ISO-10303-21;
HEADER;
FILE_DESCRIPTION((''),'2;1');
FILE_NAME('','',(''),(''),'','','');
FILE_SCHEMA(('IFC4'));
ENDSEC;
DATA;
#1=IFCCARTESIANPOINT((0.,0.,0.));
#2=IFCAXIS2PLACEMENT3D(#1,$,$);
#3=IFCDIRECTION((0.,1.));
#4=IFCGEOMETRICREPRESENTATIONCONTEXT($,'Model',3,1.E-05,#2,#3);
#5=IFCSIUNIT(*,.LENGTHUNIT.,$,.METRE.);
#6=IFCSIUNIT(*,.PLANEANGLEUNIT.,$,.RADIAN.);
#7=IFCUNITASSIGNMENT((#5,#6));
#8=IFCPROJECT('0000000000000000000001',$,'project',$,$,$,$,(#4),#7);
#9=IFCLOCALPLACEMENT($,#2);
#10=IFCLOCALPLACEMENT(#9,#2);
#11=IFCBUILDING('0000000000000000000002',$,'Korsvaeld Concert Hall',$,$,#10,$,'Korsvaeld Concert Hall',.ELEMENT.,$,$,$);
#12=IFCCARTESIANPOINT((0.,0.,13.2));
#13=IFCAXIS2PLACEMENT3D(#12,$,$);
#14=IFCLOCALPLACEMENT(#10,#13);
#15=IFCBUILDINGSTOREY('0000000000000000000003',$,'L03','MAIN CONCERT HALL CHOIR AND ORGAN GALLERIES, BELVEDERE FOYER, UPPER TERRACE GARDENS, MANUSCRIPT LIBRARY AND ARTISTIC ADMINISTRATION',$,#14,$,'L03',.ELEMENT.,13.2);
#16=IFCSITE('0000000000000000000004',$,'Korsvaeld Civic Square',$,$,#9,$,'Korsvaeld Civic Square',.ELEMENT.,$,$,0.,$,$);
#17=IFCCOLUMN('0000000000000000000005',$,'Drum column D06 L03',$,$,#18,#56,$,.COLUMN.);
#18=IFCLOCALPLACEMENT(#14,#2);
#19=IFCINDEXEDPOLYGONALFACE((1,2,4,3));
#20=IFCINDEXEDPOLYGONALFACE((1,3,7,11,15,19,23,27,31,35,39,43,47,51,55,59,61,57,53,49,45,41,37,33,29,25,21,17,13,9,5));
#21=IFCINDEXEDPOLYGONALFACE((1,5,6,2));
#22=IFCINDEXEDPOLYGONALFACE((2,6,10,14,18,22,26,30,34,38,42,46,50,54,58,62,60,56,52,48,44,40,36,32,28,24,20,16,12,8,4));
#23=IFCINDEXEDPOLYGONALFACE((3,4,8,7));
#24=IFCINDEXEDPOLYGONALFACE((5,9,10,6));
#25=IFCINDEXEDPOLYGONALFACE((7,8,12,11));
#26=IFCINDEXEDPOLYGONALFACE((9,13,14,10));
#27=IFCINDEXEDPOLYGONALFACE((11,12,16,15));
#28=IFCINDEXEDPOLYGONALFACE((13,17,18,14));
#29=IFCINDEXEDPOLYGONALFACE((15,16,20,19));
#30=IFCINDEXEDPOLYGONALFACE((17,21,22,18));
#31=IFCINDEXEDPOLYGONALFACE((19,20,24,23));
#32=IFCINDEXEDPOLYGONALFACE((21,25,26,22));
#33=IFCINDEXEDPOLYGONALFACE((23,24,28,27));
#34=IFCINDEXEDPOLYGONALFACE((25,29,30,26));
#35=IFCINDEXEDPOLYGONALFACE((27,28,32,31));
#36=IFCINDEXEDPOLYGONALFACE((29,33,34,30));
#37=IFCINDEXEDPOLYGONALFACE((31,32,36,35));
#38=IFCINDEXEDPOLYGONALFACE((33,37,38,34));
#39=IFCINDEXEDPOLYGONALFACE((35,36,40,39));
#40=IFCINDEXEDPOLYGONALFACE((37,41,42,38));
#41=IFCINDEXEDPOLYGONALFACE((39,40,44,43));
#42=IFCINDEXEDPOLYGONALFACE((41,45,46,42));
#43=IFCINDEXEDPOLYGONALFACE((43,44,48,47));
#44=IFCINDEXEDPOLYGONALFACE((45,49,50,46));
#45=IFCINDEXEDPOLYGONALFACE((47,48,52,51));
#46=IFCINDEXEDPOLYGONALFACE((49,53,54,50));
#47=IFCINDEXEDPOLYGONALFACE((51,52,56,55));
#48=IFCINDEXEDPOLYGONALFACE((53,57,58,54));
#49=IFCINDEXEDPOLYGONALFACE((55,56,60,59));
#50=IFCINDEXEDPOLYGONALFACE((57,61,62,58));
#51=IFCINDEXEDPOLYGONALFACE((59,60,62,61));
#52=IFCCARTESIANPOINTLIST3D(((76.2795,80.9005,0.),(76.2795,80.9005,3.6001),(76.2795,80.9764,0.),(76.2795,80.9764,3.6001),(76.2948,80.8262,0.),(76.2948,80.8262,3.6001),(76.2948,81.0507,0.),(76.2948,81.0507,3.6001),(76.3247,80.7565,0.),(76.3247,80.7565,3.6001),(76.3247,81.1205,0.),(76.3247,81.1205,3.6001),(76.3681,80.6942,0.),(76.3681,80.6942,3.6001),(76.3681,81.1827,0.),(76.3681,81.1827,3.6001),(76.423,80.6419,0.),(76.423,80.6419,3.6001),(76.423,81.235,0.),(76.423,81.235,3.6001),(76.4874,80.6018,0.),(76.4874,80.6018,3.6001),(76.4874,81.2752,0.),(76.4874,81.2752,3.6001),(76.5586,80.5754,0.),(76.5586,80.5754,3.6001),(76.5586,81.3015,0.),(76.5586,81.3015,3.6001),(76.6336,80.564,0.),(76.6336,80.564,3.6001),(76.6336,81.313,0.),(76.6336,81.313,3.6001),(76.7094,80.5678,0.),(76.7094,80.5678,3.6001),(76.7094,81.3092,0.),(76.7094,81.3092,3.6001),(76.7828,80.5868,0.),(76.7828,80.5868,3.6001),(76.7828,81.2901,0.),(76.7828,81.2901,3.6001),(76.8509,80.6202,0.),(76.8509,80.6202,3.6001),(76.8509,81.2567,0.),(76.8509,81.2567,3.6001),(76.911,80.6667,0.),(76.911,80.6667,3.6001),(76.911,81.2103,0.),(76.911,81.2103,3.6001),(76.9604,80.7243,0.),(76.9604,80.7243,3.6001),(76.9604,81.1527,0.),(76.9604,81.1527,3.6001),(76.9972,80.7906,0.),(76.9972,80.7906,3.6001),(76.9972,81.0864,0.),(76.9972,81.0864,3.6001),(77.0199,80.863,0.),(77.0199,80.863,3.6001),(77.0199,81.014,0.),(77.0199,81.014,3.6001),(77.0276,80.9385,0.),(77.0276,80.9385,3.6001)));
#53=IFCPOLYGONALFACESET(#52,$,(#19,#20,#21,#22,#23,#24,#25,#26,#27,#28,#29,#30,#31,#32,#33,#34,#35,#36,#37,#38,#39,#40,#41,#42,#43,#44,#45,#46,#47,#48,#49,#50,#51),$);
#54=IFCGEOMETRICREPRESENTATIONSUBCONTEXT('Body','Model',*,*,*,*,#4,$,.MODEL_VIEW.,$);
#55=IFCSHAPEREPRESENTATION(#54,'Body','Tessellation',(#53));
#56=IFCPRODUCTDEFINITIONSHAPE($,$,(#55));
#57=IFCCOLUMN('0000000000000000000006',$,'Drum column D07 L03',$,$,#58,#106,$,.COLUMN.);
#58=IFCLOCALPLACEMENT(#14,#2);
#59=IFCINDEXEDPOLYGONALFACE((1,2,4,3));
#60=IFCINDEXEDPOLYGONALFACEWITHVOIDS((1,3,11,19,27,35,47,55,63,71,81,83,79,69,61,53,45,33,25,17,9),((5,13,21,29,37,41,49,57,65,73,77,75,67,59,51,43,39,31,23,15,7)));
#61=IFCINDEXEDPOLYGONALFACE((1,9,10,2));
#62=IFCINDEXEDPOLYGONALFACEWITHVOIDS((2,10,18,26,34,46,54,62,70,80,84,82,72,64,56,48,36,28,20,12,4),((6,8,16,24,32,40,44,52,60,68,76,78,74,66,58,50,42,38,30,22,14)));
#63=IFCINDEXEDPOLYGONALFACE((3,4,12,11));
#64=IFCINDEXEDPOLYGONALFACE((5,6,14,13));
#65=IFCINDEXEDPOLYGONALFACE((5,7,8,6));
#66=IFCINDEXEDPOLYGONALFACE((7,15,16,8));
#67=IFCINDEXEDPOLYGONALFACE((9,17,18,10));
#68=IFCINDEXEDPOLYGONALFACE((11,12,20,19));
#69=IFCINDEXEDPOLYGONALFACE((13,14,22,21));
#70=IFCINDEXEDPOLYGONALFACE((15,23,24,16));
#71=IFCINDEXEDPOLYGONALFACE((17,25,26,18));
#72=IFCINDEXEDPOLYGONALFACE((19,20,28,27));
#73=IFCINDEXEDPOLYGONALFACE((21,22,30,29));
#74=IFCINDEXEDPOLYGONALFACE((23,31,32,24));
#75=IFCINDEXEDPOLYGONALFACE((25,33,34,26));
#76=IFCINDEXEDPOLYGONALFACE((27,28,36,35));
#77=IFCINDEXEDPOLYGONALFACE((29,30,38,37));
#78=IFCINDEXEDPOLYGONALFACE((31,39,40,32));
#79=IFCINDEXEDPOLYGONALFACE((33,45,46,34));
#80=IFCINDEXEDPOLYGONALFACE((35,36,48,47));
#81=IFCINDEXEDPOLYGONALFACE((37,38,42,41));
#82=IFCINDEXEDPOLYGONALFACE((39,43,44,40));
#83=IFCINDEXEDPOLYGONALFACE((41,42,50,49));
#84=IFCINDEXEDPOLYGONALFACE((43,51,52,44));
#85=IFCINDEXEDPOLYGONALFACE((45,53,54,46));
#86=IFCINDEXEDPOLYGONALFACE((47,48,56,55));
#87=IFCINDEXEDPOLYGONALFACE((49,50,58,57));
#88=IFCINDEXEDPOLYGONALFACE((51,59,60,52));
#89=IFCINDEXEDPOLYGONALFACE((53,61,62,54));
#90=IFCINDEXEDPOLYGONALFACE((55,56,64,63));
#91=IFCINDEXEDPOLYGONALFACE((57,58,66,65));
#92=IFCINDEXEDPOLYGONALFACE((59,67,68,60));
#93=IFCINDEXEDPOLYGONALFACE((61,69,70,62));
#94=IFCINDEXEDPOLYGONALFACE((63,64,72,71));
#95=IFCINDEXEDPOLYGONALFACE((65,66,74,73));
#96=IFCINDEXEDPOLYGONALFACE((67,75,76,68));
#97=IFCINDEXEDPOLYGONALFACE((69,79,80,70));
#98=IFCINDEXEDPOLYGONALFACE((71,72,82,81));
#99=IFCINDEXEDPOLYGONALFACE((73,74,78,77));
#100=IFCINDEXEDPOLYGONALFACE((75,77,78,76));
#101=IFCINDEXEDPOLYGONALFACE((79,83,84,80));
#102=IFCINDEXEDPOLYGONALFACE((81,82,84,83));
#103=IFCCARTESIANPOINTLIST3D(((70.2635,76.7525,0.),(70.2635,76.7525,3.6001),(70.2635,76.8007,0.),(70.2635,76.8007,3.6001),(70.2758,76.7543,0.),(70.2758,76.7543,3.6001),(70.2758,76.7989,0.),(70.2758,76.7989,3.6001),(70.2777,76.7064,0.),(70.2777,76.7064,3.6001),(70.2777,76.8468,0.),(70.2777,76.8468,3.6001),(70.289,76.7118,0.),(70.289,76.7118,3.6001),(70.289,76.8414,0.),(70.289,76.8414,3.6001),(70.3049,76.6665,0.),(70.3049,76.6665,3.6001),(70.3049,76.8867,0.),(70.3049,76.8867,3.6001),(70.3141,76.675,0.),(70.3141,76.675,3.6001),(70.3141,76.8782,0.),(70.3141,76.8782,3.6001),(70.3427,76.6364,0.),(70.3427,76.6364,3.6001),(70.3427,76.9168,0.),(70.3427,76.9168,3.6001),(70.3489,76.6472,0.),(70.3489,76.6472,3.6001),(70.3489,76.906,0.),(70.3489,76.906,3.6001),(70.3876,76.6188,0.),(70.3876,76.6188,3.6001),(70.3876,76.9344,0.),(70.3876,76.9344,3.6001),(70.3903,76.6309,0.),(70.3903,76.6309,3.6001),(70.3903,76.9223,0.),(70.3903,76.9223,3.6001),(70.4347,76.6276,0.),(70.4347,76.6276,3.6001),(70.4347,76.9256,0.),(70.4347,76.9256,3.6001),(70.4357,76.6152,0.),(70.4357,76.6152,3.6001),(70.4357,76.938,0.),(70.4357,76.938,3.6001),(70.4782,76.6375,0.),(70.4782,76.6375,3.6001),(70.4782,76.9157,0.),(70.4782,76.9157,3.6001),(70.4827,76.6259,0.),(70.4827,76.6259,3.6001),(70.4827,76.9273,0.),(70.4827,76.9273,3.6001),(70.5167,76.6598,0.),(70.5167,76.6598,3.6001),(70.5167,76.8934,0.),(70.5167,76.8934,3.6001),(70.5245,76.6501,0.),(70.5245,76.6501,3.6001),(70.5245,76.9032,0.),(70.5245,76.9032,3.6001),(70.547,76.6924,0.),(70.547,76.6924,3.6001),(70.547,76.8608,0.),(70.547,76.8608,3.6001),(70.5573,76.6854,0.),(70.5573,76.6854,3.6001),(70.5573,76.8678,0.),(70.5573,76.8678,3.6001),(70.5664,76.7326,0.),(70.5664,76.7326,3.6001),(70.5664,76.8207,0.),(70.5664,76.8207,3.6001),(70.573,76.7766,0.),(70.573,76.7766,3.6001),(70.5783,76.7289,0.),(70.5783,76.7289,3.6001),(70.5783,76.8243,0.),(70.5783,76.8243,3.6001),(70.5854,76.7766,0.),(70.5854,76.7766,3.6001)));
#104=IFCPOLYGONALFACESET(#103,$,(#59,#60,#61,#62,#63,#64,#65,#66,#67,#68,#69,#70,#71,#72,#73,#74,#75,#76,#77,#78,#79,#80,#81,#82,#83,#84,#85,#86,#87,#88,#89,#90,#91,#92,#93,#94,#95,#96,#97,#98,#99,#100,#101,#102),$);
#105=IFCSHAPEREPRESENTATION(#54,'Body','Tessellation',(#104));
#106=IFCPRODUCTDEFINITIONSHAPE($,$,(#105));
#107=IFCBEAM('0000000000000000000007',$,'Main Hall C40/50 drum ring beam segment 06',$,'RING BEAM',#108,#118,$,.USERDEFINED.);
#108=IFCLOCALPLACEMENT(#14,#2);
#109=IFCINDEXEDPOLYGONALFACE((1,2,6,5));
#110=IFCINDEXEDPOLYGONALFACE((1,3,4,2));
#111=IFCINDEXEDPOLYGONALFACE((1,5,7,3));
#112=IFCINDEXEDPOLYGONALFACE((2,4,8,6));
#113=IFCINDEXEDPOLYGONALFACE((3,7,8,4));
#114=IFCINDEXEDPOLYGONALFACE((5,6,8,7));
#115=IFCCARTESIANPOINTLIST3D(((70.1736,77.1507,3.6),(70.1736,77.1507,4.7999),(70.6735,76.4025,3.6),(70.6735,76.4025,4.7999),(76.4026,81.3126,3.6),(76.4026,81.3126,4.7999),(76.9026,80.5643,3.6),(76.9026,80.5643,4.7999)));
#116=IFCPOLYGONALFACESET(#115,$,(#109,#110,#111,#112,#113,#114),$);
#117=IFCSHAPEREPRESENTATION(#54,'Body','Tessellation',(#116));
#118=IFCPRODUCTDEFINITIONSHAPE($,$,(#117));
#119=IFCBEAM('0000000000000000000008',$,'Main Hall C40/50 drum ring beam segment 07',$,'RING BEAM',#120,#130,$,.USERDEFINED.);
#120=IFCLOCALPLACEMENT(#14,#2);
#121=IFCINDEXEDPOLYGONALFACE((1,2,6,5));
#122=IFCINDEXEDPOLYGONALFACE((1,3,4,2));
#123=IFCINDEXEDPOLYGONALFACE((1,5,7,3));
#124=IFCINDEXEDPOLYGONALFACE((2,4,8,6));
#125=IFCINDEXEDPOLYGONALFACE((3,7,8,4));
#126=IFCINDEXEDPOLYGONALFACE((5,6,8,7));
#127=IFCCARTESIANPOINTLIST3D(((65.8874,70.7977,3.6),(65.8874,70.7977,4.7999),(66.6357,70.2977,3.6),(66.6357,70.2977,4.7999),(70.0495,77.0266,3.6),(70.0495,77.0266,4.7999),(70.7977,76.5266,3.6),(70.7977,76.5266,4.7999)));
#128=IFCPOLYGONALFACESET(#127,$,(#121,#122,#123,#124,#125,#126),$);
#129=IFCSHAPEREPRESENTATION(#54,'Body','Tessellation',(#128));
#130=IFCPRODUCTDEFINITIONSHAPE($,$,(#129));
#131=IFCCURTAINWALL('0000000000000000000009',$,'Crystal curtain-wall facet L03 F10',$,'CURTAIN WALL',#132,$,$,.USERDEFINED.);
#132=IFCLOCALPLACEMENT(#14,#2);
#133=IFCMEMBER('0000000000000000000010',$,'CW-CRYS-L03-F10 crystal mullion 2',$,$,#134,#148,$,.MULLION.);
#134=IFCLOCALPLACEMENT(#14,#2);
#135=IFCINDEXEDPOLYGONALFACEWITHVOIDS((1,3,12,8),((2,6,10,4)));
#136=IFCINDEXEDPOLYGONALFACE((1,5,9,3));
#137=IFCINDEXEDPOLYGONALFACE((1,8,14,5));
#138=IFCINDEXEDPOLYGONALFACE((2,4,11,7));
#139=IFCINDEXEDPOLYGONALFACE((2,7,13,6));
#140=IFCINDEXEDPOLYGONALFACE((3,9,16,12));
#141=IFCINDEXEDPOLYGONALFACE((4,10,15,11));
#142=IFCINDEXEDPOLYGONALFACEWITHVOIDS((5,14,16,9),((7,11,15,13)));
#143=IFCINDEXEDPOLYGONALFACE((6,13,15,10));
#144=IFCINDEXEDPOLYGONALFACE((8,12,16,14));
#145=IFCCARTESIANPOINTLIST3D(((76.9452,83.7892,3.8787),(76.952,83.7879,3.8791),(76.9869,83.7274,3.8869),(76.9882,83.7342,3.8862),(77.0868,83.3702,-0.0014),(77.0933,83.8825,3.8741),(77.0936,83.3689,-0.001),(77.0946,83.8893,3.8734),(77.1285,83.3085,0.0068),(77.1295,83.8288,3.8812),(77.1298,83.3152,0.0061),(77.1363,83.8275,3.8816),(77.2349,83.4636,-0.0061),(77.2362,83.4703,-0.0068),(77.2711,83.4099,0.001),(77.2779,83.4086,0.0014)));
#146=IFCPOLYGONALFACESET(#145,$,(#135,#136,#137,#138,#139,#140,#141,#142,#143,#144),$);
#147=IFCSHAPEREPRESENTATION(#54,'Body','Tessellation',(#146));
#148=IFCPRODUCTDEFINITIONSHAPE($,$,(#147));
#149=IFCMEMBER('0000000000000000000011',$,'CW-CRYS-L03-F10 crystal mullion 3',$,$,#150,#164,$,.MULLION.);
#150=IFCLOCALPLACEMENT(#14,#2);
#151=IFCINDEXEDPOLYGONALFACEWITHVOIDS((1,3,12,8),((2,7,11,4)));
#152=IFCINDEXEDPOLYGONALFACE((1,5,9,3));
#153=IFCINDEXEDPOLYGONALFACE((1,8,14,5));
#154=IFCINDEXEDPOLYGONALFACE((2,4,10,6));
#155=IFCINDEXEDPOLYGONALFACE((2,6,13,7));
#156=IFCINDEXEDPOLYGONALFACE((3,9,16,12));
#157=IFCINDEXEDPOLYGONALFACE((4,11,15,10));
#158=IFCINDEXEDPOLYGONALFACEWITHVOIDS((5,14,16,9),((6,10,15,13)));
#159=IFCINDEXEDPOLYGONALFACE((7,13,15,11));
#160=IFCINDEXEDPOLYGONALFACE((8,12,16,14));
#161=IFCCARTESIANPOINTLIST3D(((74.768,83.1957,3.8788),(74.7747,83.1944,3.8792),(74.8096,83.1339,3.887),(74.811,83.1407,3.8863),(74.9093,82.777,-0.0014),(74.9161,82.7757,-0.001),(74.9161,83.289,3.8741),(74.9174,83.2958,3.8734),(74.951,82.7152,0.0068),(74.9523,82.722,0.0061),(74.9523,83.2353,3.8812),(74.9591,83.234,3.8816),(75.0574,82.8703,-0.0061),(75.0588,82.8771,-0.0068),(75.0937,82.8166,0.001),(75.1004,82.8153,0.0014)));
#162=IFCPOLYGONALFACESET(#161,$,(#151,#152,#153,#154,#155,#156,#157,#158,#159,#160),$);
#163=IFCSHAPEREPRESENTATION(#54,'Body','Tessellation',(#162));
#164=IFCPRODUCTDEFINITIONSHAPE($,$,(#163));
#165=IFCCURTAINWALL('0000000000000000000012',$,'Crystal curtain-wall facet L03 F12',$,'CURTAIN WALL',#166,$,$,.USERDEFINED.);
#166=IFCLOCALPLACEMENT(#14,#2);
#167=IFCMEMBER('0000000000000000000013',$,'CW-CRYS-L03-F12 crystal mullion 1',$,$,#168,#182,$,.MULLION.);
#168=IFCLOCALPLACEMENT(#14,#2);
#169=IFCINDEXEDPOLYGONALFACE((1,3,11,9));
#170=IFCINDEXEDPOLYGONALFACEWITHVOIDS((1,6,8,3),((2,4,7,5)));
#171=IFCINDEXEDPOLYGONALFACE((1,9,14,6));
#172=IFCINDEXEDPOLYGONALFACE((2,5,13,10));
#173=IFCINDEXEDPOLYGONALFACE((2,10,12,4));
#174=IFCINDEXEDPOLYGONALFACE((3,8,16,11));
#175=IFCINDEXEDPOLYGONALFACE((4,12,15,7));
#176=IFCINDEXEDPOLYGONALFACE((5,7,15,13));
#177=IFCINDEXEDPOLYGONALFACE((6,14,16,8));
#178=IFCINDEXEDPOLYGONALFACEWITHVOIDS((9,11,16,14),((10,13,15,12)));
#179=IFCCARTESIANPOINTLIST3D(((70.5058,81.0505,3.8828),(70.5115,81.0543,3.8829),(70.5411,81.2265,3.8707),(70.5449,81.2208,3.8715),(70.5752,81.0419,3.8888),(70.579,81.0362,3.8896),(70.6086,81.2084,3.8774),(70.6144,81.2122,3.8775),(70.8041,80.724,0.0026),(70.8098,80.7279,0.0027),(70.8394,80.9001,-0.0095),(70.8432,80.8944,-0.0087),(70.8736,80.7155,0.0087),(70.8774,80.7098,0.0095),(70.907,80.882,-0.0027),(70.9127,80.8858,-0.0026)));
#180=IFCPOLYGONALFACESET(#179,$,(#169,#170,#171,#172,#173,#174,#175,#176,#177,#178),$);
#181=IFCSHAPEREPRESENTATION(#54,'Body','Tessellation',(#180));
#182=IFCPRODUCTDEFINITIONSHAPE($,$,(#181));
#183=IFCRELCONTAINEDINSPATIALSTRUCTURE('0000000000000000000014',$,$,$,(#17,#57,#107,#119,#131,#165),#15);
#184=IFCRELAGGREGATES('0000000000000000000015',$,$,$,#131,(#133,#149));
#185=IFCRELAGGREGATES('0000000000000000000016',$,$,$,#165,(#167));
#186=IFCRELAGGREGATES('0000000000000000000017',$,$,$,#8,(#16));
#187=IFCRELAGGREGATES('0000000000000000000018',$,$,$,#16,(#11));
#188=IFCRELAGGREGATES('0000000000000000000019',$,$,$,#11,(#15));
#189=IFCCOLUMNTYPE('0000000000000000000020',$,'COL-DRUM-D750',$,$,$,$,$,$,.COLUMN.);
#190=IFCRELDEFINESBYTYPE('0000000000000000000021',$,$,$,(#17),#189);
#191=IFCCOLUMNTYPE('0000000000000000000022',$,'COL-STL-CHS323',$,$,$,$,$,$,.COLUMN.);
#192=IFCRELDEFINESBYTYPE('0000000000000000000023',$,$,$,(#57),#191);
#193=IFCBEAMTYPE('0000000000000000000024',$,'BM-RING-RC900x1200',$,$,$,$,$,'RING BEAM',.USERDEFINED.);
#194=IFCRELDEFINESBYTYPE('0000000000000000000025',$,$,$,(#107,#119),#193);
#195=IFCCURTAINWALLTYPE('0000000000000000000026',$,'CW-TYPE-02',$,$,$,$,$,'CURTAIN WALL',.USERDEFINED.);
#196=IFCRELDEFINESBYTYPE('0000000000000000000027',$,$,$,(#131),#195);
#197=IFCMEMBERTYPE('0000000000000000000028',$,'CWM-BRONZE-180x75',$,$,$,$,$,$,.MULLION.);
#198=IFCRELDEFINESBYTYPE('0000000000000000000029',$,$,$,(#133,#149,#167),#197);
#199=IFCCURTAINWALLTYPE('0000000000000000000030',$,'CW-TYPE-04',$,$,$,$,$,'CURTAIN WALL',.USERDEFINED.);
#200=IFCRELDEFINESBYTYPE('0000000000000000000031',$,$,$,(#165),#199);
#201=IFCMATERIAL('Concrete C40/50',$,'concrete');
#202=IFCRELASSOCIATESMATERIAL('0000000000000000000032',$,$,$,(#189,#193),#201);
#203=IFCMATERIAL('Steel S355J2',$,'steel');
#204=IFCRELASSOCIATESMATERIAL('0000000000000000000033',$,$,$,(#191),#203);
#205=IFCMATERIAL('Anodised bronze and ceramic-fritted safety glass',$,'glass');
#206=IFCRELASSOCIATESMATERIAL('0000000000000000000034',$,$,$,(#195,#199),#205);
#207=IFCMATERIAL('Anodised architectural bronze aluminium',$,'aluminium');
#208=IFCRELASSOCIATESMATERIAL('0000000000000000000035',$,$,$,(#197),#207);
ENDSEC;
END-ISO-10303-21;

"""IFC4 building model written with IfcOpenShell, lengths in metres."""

from ifc_helpers import new_model, si_unit, direction, frame, origin, origin_2d, place, context, subcontext, project, spatial, rectangle, hollow_rectangle, circle, hollow_circle, extrude, material, material_profile, profile_set, type_object, element, aggregate, save


model = new_model("IFC4")

# Units and contexts
model_context = context("Model", 3, precision=1e-05, world=origin(), true_north=direction((0.0, 1.0)))
body_context = subcontext(model_context, "Body", "Model", "MODEL_VIEW")
ifc_project = project(units=[si_unit("LENGTHUNIT", "METRE"), si_unit("PLANEANGLEUNIT", "RADIAN")], contexts=[model_context])

# Site, building, storey
site_placement = place(None, origin())
site = spatial("IfcSite", under=ifc_project, at=site_placement, Name="Korsvaeld Civic Square", LongName="Korsvaeld Civic Square", CompositionType="ELEMENT", RefElevation=0.0)
building_placement = place(site_placement, origin())
building = spatial("IfcBuilding", under=site, at=building_placement, Name="Korsvaeld Concert Hall", LongName="Korsvaeld Concert Hall", CompositionType="ELEMENT")
storey_placement = place(building_placement, frame((0.0, 0.0, 13.2)))
storey = spatial("IfcBuildingStorey", under=building, at=storey_placement, Name="L03", Description="MAIN CONCERT HALL CHOIR AND ORGAN GALLERIES, BELVEDERE FOYER, UPPER TERRACE GARDENS, MANUSCRIPT LIBRARY AND ARTISTIC ADMINISTRATION", LongName="L03", CompositionType="ELEMENT", Elevation=13.2)

# Columns
ifc_material_1 = material(Name="Concrete C40/50", Category="concrete")
ifc_material_profile_1 = material_profile(ifc_material_1, circle(Radius=0.375, at=origin_2d()), Name="RC D750")
ifc_profile_set_1 = profile_set([ifc_material_profile_1], Name="Concrete C40/50")
column_type_1 = type_object("IfcColumnType", Name="COL-DRUM-D750", PredefinedType="COLUMN", material=ifc_profile_set_1)
column_1_placement = place(storey_placement, frame((76.6526, 80.9385, 0.0), z_axis=(0.0, 0.0, 1.0), x_axis=(1.0, 0.0, 0.0)))
element("IfcColumn", 1, at=column_1_placement, inside=storey, type_object=column_type_1, Name="Drum column D06 L03", PredefinedType="COLUMN", context=body_context, shape_type="SweptSolid", body=[
    extrude(circle(Radius=0.375, at=origin_2d()), origin(), (0.0, 0.0, 1.0), 3.6001),
])
ifc_material_2 = material(Name="Steel S355J2", Category="steel")
ifc_material_profile_2 = material_profile(ifc_material_2, hollow_circle(Radius=0.1619, WallThickness=0.0125, at=origin_2d()), Name="CHS 323.9x12.5")
ifc_profile_set_2 = profile_set([ifc_material_profile_2], Name="Steel S355J2")
column_type_2 = type_object("IfcColumnType", Name="COL-STL-CHS323", PredefinedType="COLUMN", material=ifc_profile_set_2)
column_2_placement = place(storey_placement, frame((70.4236, 76.7766, 0.0), z_axis=(0.0, 0.0, 1.0), x_axis=(1.0, 0.0, 0.0)))
element("IfcColumn", 2, at=column_2_placement, inside=storey, type_object=column_type_2, Name="Drum column D07 L03", PredefinedType="COLUMN", context=body_context, shape_type="SweptSolid", body=[
    extrude(hollow_circle(Radius=0.1619, WallThickness=0.0125, at=origin_2d()), origin(), (0.0, 0.0, 1.0), 3.6001),
])

# Beams
ifc_material_profile_3 = material_profile(ifc_material_1, rectangle(XDim=0.8999, YDim=1.2, at=origin_2d()), Name="RC 900x1200")
ifc_profile_set_3 = profile_set([ifc_material_profile_3], Name="Concrete C40/50")
beam_type = type_object("IfcBeamType", Name="BM-RING-RC900x1200", ElementType="RING BEAM", PredefinedType="USERDEFINED", material=ifc_profile_set_3)
for number, where, z_axis, x_axis, name in (
    (3, (76.6526, 80.9385, 4.2), (-0.831483, -0.55555, 0.0), (0.55555, -0.831483, 0.0), "Main Hall C40/50 drum ring beam segment 06"),
    (4, (70.4236, 76.7766, 4.2), (-0.555572, -0.831468, 0.0), (0.831468, -0.555572, 0.0), "Main Hall C40/50 drum ring beam segment 07"),
):
    element("IfcBeam", number, at=place(storey_placement, frame(where, z_axis=z_axis, x_axis=x_axis)), inside=storey, type_object=beam_type, Name=name, ObjectType="RING BEAM", PredefinedType="USERDEFINED", context=body_context, shape_type="SweptSolid", body=[
        extrude(rectangle(XDim=0.8999, YDim=1.2, at=origin_2d()), origin(), (0.0, 0.0, 1.0), 7.4915),
    ])

# Curtain wall, members
ifc_material_3 = material(Name="Anodised bronze and ceramic-fritted safety glass", Category="glass")
curtain_wall_type_1 = type_object("IfcCurtainWallType", Name="CW-TYPE-02", ElementType="CURTAIN WALL", PredefinedType="USERDEFINED", material=ifc_material_3)
curtain_wall_1_placement = place(storey_placement, origin())
curtain_wall_1 = element("IfcCurtainWall", 5, at=curtain_wall_1_placement, inside=storey, type_object=curtain_wall_type_1, Name="Crystal curtain-wall facet L03 F10", ObjectType="CURTAIN WALL", PredefinedType="USERDEFINED")
ifc_material_4 = material(Name="Anodised architectural bronze aluminium", Category="aluminium")
ifc_material_profile_4 = material_profile(ifc_material_4, hollow_rectangle(XDim=0.075, YDim=0.1799, WallThickness=0.0049, at=origin_2d()), Name="CWM 180x75x5")
ifc_profile_set_4 = profile_set([ifc_material_profile_4], Name="Anodised architectural bronze aluminium")
member_type_1 = type_object("IfcMemberType", Name="CWM-BRONZE-180x75", PredefinedType="MULLION", material=ifc_profile_set_4)
member_1_placement = place(storey_placement, frame((77.1824, 83.3894, 0.0), z_axis=(-0.036259, 0.107278, 0.993568), x_axis=(-0.556017, 0.823959, -0.109256)))
member_1 = element("IfcMember", 6, at=member_1_placement, type_object=member_type_1, Name="CW-CRYS-L03-F10 crystal mullion 2", PredefinedType="MULLION", context=body_context, shape_type="SweptSolid", body=[
    extrude(hollow_rectangle(XDim=0.075, YDim=0.1799, WallThickness=0.0049, at=origin_2d()), origin(), (0.0, 0.0, 1.0), 3.9053),
])
member_2_placement = place(storey_placement, frame((75.0049, 82.7961, 0.0), z_axis=(-0.036197, 0.107216, 0.993577), x_axis=(-0.555734, 0.82416, -0.10918)))
member_2 = element("IfcMember", 7, at=member_2_placement, type_object=member_type_1, Name="CW-CRYS-L03-F10 crystal mullion 3", PredefinedType="MULLION", context=body_context, shape_type="SweptSolid", body=[
    extrude(hollow_rectangle(XDim=0.075, YDim=0.1799, WallThickness=0.0049, at=origin_2d()), origin(), (0.0, 0.0, 1.0), 3.9053),
])

# Curtain wall, member
curtain_wall_type_2 = type_object("IfcCurtainWallType", Name="CW-TYPE-04", ElementType="CURTAIN WALL", PredefinedType="USERDEFINED", material=ifc_material_3)
curtain_wall_2_placement = place(storey_placement, origin())
curtain_wall_2 = element("IfcCurtainWall", 8, at=curtain_wall_2_placement, inside=storey, type_object=curtain_wall_type_2, Name="Crystal curtain-wall facet L03 F12", ObjectType="CURTAIN WALL", PredefinedType="USERDEFINED")
member_3_placement = place(storey_placement, frame((70.8584, 80.8049, 0.0), z_axis=(-0.076395, 0.083584, 0.993568), x_axis=(-0.97755, 0.189971, -0.091144)))
member_3 = element("IfcMember", 9, at=member_3_placement, type_object=member_type_1, Name="CW-CRYS-L03-F12 crystal mullion 1", PredefinedType="MULLION", context=body_context, shape_type="SweptSolid", body=[
    extrude(hollow_rectangle(XDim=0.075, YDim=0.1799, WallThickness=0.0049, at=origin_2d()), origin(), (0.0, 0.0, 1.0), 3.9053),
])

aggregate(curtain_wall_1, [member_1, member_2])
aggregate(curtain_wall_2, [member_3])

save(model, "model.ifc")
